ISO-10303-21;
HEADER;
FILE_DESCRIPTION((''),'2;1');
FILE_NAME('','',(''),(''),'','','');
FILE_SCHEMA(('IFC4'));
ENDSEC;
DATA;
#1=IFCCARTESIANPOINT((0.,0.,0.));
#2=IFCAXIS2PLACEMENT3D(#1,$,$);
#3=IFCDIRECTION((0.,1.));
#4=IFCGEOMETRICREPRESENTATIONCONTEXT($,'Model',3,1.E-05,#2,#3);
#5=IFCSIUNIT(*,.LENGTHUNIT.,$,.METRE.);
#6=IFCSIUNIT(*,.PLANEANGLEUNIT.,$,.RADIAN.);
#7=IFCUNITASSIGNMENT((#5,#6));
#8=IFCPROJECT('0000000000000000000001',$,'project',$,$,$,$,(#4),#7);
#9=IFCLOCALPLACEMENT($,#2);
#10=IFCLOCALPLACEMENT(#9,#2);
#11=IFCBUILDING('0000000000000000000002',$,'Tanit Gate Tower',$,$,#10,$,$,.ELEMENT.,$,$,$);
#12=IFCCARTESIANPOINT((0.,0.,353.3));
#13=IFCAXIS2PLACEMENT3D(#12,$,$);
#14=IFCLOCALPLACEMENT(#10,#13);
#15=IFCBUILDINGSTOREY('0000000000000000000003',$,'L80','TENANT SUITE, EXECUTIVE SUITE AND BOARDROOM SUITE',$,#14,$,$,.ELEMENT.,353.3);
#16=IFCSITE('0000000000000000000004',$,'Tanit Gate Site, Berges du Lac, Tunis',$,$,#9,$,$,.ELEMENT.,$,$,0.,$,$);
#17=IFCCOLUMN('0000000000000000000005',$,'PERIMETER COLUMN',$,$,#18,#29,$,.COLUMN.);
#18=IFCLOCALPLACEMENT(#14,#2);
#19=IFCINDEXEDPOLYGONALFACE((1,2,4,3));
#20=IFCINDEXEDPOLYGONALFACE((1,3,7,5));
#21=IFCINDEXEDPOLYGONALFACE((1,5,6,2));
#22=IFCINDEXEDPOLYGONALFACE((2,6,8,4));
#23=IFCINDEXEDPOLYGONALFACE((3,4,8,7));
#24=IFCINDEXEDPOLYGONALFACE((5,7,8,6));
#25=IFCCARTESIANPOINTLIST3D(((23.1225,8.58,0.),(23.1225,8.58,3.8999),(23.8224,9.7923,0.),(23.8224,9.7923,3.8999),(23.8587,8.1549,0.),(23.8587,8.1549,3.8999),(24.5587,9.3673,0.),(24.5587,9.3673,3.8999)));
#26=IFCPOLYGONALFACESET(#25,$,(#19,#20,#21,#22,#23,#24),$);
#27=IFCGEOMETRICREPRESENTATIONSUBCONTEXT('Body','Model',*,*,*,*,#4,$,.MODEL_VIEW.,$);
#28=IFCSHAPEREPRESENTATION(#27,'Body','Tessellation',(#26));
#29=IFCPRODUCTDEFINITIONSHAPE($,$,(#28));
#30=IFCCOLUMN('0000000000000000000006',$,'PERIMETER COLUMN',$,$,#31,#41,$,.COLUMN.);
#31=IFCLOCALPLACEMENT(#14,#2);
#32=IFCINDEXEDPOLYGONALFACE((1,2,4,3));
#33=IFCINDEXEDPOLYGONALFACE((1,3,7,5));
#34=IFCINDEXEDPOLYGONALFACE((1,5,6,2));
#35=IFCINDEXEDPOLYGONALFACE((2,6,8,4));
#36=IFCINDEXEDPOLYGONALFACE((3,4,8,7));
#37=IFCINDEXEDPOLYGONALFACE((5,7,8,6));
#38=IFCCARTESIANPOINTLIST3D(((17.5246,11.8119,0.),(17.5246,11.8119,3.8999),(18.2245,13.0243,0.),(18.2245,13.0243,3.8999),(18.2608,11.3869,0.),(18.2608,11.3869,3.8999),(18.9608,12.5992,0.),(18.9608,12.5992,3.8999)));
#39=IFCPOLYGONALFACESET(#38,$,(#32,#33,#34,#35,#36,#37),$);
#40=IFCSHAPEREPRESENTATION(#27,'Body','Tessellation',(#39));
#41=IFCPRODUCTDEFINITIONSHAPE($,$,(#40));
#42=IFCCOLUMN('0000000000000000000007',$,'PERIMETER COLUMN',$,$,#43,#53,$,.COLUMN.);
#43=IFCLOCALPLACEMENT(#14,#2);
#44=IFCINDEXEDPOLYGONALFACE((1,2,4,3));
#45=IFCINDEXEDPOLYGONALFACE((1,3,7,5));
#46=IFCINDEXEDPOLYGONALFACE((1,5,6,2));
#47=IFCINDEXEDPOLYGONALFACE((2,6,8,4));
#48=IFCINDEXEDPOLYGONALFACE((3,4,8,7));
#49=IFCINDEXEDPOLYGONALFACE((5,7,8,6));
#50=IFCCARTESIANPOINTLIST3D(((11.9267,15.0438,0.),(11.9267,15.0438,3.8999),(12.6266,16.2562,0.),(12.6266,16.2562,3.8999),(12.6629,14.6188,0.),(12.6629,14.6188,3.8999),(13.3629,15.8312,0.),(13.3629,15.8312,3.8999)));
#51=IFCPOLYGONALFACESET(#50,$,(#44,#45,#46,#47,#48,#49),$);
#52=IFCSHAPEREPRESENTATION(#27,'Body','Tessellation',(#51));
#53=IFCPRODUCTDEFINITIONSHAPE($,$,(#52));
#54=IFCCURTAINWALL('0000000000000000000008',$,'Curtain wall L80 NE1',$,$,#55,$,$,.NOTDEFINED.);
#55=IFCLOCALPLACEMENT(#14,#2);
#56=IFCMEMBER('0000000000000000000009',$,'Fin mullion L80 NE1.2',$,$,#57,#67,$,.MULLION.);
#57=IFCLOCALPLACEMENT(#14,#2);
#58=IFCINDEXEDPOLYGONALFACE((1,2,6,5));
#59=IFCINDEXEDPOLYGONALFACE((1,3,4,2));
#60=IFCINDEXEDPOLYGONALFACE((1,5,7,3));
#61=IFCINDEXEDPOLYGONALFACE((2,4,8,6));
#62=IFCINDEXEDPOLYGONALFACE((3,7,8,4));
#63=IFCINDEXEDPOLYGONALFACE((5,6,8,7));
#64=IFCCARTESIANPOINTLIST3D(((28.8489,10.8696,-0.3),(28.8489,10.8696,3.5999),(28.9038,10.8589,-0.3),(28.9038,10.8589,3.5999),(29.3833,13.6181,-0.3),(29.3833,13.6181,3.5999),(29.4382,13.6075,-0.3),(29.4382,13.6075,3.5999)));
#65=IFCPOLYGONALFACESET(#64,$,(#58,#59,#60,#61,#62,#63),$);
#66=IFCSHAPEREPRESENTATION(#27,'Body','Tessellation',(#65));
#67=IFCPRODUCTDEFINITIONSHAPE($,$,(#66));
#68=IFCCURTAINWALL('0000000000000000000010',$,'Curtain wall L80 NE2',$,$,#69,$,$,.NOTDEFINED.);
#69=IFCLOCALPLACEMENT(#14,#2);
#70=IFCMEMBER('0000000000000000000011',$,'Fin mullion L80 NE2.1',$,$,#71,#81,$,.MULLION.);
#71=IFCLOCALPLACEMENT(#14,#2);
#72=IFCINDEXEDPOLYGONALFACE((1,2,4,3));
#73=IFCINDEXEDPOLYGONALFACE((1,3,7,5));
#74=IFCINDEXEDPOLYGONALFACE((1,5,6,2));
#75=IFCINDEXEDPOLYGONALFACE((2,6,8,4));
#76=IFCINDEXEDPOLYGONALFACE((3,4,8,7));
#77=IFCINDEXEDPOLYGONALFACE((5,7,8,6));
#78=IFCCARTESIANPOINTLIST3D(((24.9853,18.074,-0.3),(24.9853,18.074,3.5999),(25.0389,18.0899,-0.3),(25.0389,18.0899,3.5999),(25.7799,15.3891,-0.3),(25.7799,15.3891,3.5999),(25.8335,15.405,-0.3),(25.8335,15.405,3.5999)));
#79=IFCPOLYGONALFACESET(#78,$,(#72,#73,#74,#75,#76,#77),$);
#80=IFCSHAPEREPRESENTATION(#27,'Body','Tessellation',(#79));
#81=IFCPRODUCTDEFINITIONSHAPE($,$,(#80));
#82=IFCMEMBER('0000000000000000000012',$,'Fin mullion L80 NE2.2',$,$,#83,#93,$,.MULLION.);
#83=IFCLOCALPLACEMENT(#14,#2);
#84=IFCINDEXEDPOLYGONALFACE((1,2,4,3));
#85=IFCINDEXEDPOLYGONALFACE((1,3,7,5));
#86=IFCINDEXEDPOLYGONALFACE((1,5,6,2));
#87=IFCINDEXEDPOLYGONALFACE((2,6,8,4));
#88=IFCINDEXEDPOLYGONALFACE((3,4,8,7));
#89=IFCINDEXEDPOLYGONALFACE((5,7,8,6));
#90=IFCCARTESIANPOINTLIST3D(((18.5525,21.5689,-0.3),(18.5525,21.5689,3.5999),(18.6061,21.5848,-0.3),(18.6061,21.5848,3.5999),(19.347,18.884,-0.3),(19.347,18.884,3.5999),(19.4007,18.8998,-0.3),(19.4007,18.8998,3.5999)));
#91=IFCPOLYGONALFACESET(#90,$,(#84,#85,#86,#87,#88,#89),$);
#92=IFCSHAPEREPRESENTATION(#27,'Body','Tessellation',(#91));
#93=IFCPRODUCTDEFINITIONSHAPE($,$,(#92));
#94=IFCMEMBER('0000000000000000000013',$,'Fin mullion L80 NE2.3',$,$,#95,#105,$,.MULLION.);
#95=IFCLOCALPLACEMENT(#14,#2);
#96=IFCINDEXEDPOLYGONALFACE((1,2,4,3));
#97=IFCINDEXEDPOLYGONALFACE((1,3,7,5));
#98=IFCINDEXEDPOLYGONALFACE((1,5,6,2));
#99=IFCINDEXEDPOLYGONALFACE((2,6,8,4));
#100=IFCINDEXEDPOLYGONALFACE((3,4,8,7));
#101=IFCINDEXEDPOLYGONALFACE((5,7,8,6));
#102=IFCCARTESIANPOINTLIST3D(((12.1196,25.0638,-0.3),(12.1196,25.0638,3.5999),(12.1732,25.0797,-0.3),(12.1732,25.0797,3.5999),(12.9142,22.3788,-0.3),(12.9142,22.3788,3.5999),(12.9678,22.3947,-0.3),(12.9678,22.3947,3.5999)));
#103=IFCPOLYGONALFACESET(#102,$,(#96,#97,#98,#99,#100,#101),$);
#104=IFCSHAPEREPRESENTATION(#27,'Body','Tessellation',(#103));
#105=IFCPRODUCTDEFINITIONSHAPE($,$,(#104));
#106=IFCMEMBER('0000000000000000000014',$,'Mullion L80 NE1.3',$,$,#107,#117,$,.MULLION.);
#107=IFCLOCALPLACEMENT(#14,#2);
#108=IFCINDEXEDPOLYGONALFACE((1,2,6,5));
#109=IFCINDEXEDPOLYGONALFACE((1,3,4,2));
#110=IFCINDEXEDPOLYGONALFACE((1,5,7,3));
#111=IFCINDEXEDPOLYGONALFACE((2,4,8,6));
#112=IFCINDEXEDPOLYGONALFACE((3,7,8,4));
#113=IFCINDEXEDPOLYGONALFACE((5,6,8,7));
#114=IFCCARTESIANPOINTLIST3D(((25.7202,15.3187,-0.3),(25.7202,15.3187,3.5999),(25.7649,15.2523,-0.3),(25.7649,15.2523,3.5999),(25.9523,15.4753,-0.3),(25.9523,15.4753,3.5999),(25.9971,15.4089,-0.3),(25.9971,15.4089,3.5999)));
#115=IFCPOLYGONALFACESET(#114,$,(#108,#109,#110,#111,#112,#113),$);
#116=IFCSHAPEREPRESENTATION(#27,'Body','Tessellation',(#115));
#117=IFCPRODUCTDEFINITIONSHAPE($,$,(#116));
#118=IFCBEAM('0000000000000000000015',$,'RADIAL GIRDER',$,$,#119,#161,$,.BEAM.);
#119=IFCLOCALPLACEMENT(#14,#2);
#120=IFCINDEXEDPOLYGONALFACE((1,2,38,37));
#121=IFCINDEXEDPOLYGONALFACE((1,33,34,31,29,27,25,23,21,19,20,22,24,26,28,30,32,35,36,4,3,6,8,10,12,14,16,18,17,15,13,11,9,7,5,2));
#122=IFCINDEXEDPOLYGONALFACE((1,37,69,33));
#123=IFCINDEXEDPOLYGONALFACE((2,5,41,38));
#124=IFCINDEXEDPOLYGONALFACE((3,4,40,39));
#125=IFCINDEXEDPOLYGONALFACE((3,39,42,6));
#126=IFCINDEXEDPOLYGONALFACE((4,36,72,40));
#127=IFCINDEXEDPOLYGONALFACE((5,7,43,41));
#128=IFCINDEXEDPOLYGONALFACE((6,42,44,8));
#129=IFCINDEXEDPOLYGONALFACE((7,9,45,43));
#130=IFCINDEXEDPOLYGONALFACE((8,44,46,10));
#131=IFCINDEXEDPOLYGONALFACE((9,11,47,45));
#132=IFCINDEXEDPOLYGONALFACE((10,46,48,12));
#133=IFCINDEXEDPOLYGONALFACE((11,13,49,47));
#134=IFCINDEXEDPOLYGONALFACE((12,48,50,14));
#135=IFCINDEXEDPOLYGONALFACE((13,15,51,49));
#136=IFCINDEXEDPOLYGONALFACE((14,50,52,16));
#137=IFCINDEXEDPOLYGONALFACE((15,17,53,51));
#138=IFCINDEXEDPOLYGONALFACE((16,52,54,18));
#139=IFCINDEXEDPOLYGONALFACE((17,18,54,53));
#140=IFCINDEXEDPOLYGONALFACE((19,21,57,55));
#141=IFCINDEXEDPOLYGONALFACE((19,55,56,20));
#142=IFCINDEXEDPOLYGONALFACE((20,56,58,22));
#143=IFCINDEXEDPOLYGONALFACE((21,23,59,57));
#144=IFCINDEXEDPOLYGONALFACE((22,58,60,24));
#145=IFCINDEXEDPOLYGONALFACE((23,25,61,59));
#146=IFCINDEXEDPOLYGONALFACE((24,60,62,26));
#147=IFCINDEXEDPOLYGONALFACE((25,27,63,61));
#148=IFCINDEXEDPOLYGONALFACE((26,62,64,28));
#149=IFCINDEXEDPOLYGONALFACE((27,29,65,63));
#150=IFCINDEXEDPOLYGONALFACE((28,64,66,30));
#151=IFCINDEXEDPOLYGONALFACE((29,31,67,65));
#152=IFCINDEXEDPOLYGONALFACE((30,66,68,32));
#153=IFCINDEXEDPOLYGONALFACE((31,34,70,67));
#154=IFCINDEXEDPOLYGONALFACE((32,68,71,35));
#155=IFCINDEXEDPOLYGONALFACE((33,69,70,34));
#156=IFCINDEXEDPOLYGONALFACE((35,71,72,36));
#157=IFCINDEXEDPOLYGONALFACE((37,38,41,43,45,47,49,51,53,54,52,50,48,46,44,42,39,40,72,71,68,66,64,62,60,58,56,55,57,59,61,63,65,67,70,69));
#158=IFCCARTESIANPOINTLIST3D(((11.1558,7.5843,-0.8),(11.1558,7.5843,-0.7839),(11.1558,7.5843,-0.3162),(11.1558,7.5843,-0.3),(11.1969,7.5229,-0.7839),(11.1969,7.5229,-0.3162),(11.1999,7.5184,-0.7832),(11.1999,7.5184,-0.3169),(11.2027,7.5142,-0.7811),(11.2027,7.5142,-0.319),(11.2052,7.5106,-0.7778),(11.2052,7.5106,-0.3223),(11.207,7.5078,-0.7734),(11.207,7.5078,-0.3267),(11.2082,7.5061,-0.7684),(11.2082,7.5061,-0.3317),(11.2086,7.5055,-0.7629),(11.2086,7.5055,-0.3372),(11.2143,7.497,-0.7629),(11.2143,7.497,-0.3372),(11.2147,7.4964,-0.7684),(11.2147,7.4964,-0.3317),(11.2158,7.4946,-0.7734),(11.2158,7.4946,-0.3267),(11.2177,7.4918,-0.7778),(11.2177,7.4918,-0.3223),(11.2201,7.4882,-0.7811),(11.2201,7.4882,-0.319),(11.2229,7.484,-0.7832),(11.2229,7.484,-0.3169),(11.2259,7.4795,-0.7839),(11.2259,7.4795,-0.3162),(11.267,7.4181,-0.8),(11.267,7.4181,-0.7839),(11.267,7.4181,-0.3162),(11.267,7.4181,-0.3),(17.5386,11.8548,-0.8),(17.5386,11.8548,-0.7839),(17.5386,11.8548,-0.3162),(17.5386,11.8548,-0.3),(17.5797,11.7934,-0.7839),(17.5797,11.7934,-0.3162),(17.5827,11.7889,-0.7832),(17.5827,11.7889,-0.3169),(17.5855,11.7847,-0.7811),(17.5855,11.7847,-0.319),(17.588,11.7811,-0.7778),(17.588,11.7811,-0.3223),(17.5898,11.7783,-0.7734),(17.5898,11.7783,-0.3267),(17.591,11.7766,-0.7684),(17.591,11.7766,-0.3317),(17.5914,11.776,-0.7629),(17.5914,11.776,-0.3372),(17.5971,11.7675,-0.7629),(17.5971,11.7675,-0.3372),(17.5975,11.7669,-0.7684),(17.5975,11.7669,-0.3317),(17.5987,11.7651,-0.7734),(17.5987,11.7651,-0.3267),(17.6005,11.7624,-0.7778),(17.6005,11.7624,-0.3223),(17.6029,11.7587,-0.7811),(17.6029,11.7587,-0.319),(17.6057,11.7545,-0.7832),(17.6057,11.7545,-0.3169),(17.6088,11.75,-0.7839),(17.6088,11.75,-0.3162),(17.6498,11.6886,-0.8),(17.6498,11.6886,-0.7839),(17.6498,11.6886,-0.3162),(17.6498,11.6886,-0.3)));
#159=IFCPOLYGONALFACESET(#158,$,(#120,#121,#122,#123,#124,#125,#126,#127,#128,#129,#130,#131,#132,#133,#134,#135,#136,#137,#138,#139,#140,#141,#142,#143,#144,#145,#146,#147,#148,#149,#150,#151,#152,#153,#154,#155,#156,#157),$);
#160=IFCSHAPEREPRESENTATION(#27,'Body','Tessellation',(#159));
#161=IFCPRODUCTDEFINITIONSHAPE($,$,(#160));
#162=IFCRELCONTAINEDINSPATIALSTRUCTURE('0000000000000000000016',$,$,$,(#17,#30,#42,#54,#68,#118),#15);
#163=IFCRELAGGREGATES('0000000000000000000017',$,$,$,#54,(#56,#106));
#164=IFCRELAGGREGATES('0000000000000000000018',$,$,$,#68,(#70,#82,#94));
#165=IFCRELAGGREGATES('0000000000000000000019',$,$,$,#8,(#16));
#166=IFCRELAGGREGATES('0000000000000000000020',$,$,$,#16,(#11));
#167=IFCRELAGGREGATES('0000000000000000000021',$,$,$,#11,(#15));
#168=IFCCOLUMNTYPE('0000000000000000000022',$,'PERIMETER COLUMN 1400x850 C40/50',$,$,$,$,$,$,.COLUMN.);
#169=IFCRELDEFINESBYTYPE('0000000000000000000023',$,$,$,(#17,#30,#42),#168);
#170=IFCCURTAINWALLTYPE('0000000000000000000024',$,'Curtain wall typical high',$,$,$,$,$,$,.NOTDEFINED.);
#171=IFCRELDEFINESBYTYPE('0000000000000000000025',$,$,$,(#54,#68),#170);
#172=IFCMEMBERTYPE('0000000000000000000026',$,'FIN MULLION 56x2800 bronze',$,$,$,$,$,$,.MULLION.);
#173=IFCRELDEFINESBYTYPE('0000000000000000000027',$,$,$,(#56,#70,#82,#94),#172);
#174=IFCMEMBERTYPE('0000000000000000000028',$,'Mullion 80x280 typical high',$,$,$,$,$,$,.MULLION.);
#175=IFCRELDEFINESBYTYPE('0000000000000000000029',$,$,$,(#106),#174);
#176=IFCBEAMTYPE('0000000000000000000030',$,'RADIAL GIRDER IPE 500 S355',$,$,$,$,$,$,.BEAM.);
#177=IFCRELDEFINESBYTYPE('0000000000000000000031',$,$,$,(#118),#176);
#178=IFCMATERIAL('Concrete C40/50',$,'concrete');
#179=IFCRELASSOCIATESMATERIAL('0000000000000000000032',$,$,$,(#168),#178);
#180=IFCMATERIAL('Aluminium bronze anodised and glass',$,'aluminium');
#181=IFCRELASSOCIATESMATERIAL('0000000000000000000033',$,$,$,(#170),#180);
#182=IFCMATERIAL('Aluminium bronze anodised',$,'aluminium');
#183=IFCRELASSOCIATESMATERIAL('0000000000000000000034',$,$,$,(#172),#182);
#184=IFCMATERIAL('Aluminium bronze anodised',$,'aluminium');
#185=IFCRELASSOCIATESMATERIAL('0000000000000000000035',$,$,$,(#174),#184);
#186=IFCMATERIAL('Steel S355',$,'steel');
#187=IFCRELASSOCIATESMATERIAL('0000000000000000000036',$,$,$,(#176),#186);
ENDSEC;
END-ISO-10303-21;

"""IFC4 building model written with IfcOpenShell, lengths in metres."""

from ifc_helpers import new_model, si_unit, direction, frame, origin, origin_2d, place, context, subcontext, project, spatial, rectangle, i_section, extrude, material, material_profile, profile_set, type_object, element, aggregate, save


model = new_model("IFC4")

# Units and contexts
model_context = context("Model", 3, precision=1e-05, world=origin(), true_north=direction((0.0, 1.0)))
body_context = subcontext(model_context, "Body", "Model", "MODEL_VIEW")
ifc_project = project(units=[si_unit("LENGTHUNIT", "METRE"), si_unit("PLANEANGLEUNIT", "RADIAN")], contexts=[model_context])

# Site, building, storey
site_placement = place(None, origin())
site = spatial("IfcSite", under=ifc_project, at=site_placement, Name="Tanit Gate Site, Berges du Lac, Tunis", CompositionType="ELEMENT", RefElevation=0.0)
building_placement = place(site_placement, origin())
building = spatial("IfcBuilding", under=site, at=building_placement, Name="Tanit Gate Tower", CompositionType="ELEMENT")
storey_placement = place(building_placement, frame((0.0, 0.0, 353.3)))
storey = spatial("IfcBuildingStorey", under=building, at=storey_placement, Name="L80", Description="TENANT SUITE, EXECUTIVE SUITE AND BOARDROOM SUITE", CompositionType="ELEMENT", Elevation=353.3)

# Columns
ifc_material_1 = material(Name="Concrete C40/50", Category="concrete")
ifc_material_profile_1 = material_profile(ifc_material_1, rectangle(XDim=1.3999, YDim=0.8501, at=origin_2d()), Name="RC 1400x850")
ifc_profile_set_1 = profile_set([ifc_material_profile_1], Name="Concrete C40/50")
column_type = type_object("IfcColumnType", Name="PERIMETER COLUMN 1400x850 C40/50", PredefinedType="COLUMN", material=ifc_profile_set_1)
for number, where, z_axis, x_axis, name in (
    (1, (23.8406, 8.9736, 0.0), (0.0, 0.0, 1.0), (0.5, 0.866025, 0.0), "PERIMETER COLUMN"),
    (2, (18.2427, 12.2056, 0.0), (0.0, 0.0, 1.0), (0.5, 0.866025, 0.0), "PERIMETER COLUMN"),
    (3, (12.6448, 15.4375, 0.0), (0.0, 0.0, 1.0), (0.5, 0.866025, 0.0), "PERIMETER COLUMN"),
):
    element("IfcColumn", number, at=place(storey_placement, frame(where, z_axis=z_axis, x_axis=x_axis)), inside=storey, type_object=column_type, Name=name, PredefinedType="COLUMN", context=body_context, shape_type="SweptSolid", body=[
        extrude(rectangle(XDim=1.3999, YDim=0.8501, at=origin_2d()), origin(), (0.0, 0.0, 1.0), 3.8999),
    ])

# Curtain wall, member
ifc_material_2 = material(Name="Aluminium bronze anodised and glass", Category="aluminium")
curtain_wall_type = type_object("IfcCurtainWallType", Name="Curtain wall typical high", PredefinedType="NOTDEFINED", material=ifc_material_2)
curtain_wall_1_placement = place(storey_placement, origin())
curtain_wall_1 = element("IfcCurtainWall", 4, at=curtain_wall_1_placement, inside=storey, type_object=curtain_wall_type, Name="Curtain wall L80 NE1", PredefinedType="NOTDEFINED")
ifc_material_3 = material(Name="Aluminium bronze anodised", Category="aluminium")
ifc_material_profile_2 = material_profile(ifc_material_3, rectangle(XDim=2.8, YDim=0.0559, at=origin_2d()), Name="56x2800 bronze fin mullion")
ifc_profile_set_2 = profile_set([ifc_material_profile_2], Name="Aluminium bronze anodised")
member_type_1 = type_object("IfcMemberType", Name="FIN MULLION 56x2800 bronze", PredefinedType="MULLION", material=ifc_profile_set_2)
member_1_placement = place(storey_placement, frame((29.1436, 12.2385, -0.3), z_axis=(0.0, 0.0, 1.0), x_axis=(-0.190863, -0.981617, 0.0)))
member_1 = element("IfcMember", 5, at=member_1_placement, type_object=member_type_1, Name="Fin mullion L80 NE1.2", PredefinedType="MULLION", context=body_context, shape_type="SweptSolid", body=[
    extrude(rectangle(XDim=2.8, YDim=0.0559, at=origin_2d()), origin(), (0.0, 0.0, 1.0), 3.8999),
])

# Curtain wall, members
curtain_wall_2_placement = place(storey_placement, origin())
curtain_wall_2 = element("IfcCurtainWall", 6, at=curtain_wall_2_placement, inside=storey, type_object=curtain_wall_type, Name="Curtain wall L80 NE2", PredefinedType="NOTDEFINED")
member_2_placement = place(storey_placement, frame((25.4094, 16.7395, -0.3), z_axis=(0.0, 0.0, 1.0), x_axis=(0.283773, -0.958892, 0.0)))
member_2 = element("IfcMember", 7, at=member_2_placement, type_object=member_type_1, Name="Fin mullion L80 NE2.1", PredefinedType="MULLION", context=body_context, shape_type="SweptSolid", body=[
    extrude(rectangle(XDim=2.8, YDim=0.0559, at=origin_2d()), origin(), (0.0, 0.0, 1.0), 3.8999),
])
member_3_placement = place(storey_placement, frame((18.9766, 20.2344, -0.3), z_axis=(0.0, 0.0, 1.0), x_axis=(0.283773, -0.958892, 0.0)))
member_3 = element("IfcMember", 8, at=member_3_placement, type_object=member_type_1, Name="Fin mullion L80 NE2.2", PredefinedType="MULLION", context=body_context, shape_type="SweptSolid", body=[
    extrude(rectangle(XDim=2.8, YDim=0.0559, at=origin_2d()), origin(), (0.0, 0.0, 1.0), 3.8999),
])
member_4_placement = place(storey_placement, frame((12.5437, 23.7292, -0.3), z_axis=(0.0, 0.0, 1.0), x_axis=(0.283773, -0.958892, 0.0)))
member_4 = element("IfcMember", 9, at=member_4_placement, type_object=member_type_1, Name="Fin mullion L80 NE2.3", PredefinedType="MULLION", context=body_context, shape_type="SweptSolid", body=[
    extrude(rectangle(XDim=2.8, YDim=0.0559, at=origin_2d()), origin(), (0.0, 0.0, 1.0), 3.8999),
])

# Member
ifc_material_4 = material(Name="Aluminium bronze anodised", Category="aluminium")
ifc_material_profile_3 = material_profile(ifc_material_4, rectangle(XDim=0.28, YDim=0.0801, at=origin_2d()), Name="80x280 bronze mullion")
ifc_profile_set_3 = profile_set([ifc_material_profile_3], Name="Aluminium bronze anodised")
member_type_2 = type_object("IfcMemberType", Name="Mullion 80x280 typical high", PredefinedType="MULLION", material=ifc_profile_set_3)
member_5_placement = place(storey_placement, frame((25.8586, 15.3638, -0.3), z_axis=(0.0, 0.0, 1.0), x_axis=(-0.829068, -0.559148, 0.0)))
member_5 = element("IfcMember", 10, at=member_5_placement, type_object=member_type_2, Name="Mullion L80 NE1.3", PredefinedType="MULLION", context=body_context, shape_type="SweptSolid", body=[
    extrude(rectangle(XDim=0.28, YDim=0.0801, at=origin_2d()), origin(), (0.0, 0.0, 1.0), 3.8999),
])

# Beam
ifc_material_5 = material(Name="Steel S355", Category="steel")
ifc_material_profile_4 = material_profile(ifc_material_5, i_section(OverallWidth=0.2, OverallDepth=0.5, WebThickness=0.0103, FlangeThickness=0.0161, FilletRadius=0.021, at=origin_2d()), Name="IPE 500")
ifc_profile_set_4 = profile_set([ifc_material_profile_4], Name="Steel S355")
beam_type_1 = type_object("IfcBeamType", Name="RADIAL GIRDER IPE 500 S355", PredefinedType="BEAM", material=ifc_profile_set_4)
beam_1_placement = place(storey_placement, frame((17.5942, 11.7717, -0.55), z_axis=(-0.83113, -0.556079, 0.0), x_axis=(0.556079, -0.83113, 0.0)))
element("IfcBeam", 11, at=beam_1_placement, inside=storey, type_object=beam_type_1, Name="RADIAL GIRDER", PredefinedType="BEAM", context=body_context, shape_type="SweptSolid", body=[
    extrude(i_section(OverallWidth=0.2, OverallDepth=0.5, WebThickness=0.0103, FlangeThickness=0.0161, FilletRadius=0.021, at=origin_2d()), origin(), (0.0, 0.0, 1.0), 7.6797),
])

aggregate(curtain_wall_1, [member_1, member_5])
aggregate(curtain_wall_2, [member_2, member_3, member_4])

save(model, "model.ifc")
